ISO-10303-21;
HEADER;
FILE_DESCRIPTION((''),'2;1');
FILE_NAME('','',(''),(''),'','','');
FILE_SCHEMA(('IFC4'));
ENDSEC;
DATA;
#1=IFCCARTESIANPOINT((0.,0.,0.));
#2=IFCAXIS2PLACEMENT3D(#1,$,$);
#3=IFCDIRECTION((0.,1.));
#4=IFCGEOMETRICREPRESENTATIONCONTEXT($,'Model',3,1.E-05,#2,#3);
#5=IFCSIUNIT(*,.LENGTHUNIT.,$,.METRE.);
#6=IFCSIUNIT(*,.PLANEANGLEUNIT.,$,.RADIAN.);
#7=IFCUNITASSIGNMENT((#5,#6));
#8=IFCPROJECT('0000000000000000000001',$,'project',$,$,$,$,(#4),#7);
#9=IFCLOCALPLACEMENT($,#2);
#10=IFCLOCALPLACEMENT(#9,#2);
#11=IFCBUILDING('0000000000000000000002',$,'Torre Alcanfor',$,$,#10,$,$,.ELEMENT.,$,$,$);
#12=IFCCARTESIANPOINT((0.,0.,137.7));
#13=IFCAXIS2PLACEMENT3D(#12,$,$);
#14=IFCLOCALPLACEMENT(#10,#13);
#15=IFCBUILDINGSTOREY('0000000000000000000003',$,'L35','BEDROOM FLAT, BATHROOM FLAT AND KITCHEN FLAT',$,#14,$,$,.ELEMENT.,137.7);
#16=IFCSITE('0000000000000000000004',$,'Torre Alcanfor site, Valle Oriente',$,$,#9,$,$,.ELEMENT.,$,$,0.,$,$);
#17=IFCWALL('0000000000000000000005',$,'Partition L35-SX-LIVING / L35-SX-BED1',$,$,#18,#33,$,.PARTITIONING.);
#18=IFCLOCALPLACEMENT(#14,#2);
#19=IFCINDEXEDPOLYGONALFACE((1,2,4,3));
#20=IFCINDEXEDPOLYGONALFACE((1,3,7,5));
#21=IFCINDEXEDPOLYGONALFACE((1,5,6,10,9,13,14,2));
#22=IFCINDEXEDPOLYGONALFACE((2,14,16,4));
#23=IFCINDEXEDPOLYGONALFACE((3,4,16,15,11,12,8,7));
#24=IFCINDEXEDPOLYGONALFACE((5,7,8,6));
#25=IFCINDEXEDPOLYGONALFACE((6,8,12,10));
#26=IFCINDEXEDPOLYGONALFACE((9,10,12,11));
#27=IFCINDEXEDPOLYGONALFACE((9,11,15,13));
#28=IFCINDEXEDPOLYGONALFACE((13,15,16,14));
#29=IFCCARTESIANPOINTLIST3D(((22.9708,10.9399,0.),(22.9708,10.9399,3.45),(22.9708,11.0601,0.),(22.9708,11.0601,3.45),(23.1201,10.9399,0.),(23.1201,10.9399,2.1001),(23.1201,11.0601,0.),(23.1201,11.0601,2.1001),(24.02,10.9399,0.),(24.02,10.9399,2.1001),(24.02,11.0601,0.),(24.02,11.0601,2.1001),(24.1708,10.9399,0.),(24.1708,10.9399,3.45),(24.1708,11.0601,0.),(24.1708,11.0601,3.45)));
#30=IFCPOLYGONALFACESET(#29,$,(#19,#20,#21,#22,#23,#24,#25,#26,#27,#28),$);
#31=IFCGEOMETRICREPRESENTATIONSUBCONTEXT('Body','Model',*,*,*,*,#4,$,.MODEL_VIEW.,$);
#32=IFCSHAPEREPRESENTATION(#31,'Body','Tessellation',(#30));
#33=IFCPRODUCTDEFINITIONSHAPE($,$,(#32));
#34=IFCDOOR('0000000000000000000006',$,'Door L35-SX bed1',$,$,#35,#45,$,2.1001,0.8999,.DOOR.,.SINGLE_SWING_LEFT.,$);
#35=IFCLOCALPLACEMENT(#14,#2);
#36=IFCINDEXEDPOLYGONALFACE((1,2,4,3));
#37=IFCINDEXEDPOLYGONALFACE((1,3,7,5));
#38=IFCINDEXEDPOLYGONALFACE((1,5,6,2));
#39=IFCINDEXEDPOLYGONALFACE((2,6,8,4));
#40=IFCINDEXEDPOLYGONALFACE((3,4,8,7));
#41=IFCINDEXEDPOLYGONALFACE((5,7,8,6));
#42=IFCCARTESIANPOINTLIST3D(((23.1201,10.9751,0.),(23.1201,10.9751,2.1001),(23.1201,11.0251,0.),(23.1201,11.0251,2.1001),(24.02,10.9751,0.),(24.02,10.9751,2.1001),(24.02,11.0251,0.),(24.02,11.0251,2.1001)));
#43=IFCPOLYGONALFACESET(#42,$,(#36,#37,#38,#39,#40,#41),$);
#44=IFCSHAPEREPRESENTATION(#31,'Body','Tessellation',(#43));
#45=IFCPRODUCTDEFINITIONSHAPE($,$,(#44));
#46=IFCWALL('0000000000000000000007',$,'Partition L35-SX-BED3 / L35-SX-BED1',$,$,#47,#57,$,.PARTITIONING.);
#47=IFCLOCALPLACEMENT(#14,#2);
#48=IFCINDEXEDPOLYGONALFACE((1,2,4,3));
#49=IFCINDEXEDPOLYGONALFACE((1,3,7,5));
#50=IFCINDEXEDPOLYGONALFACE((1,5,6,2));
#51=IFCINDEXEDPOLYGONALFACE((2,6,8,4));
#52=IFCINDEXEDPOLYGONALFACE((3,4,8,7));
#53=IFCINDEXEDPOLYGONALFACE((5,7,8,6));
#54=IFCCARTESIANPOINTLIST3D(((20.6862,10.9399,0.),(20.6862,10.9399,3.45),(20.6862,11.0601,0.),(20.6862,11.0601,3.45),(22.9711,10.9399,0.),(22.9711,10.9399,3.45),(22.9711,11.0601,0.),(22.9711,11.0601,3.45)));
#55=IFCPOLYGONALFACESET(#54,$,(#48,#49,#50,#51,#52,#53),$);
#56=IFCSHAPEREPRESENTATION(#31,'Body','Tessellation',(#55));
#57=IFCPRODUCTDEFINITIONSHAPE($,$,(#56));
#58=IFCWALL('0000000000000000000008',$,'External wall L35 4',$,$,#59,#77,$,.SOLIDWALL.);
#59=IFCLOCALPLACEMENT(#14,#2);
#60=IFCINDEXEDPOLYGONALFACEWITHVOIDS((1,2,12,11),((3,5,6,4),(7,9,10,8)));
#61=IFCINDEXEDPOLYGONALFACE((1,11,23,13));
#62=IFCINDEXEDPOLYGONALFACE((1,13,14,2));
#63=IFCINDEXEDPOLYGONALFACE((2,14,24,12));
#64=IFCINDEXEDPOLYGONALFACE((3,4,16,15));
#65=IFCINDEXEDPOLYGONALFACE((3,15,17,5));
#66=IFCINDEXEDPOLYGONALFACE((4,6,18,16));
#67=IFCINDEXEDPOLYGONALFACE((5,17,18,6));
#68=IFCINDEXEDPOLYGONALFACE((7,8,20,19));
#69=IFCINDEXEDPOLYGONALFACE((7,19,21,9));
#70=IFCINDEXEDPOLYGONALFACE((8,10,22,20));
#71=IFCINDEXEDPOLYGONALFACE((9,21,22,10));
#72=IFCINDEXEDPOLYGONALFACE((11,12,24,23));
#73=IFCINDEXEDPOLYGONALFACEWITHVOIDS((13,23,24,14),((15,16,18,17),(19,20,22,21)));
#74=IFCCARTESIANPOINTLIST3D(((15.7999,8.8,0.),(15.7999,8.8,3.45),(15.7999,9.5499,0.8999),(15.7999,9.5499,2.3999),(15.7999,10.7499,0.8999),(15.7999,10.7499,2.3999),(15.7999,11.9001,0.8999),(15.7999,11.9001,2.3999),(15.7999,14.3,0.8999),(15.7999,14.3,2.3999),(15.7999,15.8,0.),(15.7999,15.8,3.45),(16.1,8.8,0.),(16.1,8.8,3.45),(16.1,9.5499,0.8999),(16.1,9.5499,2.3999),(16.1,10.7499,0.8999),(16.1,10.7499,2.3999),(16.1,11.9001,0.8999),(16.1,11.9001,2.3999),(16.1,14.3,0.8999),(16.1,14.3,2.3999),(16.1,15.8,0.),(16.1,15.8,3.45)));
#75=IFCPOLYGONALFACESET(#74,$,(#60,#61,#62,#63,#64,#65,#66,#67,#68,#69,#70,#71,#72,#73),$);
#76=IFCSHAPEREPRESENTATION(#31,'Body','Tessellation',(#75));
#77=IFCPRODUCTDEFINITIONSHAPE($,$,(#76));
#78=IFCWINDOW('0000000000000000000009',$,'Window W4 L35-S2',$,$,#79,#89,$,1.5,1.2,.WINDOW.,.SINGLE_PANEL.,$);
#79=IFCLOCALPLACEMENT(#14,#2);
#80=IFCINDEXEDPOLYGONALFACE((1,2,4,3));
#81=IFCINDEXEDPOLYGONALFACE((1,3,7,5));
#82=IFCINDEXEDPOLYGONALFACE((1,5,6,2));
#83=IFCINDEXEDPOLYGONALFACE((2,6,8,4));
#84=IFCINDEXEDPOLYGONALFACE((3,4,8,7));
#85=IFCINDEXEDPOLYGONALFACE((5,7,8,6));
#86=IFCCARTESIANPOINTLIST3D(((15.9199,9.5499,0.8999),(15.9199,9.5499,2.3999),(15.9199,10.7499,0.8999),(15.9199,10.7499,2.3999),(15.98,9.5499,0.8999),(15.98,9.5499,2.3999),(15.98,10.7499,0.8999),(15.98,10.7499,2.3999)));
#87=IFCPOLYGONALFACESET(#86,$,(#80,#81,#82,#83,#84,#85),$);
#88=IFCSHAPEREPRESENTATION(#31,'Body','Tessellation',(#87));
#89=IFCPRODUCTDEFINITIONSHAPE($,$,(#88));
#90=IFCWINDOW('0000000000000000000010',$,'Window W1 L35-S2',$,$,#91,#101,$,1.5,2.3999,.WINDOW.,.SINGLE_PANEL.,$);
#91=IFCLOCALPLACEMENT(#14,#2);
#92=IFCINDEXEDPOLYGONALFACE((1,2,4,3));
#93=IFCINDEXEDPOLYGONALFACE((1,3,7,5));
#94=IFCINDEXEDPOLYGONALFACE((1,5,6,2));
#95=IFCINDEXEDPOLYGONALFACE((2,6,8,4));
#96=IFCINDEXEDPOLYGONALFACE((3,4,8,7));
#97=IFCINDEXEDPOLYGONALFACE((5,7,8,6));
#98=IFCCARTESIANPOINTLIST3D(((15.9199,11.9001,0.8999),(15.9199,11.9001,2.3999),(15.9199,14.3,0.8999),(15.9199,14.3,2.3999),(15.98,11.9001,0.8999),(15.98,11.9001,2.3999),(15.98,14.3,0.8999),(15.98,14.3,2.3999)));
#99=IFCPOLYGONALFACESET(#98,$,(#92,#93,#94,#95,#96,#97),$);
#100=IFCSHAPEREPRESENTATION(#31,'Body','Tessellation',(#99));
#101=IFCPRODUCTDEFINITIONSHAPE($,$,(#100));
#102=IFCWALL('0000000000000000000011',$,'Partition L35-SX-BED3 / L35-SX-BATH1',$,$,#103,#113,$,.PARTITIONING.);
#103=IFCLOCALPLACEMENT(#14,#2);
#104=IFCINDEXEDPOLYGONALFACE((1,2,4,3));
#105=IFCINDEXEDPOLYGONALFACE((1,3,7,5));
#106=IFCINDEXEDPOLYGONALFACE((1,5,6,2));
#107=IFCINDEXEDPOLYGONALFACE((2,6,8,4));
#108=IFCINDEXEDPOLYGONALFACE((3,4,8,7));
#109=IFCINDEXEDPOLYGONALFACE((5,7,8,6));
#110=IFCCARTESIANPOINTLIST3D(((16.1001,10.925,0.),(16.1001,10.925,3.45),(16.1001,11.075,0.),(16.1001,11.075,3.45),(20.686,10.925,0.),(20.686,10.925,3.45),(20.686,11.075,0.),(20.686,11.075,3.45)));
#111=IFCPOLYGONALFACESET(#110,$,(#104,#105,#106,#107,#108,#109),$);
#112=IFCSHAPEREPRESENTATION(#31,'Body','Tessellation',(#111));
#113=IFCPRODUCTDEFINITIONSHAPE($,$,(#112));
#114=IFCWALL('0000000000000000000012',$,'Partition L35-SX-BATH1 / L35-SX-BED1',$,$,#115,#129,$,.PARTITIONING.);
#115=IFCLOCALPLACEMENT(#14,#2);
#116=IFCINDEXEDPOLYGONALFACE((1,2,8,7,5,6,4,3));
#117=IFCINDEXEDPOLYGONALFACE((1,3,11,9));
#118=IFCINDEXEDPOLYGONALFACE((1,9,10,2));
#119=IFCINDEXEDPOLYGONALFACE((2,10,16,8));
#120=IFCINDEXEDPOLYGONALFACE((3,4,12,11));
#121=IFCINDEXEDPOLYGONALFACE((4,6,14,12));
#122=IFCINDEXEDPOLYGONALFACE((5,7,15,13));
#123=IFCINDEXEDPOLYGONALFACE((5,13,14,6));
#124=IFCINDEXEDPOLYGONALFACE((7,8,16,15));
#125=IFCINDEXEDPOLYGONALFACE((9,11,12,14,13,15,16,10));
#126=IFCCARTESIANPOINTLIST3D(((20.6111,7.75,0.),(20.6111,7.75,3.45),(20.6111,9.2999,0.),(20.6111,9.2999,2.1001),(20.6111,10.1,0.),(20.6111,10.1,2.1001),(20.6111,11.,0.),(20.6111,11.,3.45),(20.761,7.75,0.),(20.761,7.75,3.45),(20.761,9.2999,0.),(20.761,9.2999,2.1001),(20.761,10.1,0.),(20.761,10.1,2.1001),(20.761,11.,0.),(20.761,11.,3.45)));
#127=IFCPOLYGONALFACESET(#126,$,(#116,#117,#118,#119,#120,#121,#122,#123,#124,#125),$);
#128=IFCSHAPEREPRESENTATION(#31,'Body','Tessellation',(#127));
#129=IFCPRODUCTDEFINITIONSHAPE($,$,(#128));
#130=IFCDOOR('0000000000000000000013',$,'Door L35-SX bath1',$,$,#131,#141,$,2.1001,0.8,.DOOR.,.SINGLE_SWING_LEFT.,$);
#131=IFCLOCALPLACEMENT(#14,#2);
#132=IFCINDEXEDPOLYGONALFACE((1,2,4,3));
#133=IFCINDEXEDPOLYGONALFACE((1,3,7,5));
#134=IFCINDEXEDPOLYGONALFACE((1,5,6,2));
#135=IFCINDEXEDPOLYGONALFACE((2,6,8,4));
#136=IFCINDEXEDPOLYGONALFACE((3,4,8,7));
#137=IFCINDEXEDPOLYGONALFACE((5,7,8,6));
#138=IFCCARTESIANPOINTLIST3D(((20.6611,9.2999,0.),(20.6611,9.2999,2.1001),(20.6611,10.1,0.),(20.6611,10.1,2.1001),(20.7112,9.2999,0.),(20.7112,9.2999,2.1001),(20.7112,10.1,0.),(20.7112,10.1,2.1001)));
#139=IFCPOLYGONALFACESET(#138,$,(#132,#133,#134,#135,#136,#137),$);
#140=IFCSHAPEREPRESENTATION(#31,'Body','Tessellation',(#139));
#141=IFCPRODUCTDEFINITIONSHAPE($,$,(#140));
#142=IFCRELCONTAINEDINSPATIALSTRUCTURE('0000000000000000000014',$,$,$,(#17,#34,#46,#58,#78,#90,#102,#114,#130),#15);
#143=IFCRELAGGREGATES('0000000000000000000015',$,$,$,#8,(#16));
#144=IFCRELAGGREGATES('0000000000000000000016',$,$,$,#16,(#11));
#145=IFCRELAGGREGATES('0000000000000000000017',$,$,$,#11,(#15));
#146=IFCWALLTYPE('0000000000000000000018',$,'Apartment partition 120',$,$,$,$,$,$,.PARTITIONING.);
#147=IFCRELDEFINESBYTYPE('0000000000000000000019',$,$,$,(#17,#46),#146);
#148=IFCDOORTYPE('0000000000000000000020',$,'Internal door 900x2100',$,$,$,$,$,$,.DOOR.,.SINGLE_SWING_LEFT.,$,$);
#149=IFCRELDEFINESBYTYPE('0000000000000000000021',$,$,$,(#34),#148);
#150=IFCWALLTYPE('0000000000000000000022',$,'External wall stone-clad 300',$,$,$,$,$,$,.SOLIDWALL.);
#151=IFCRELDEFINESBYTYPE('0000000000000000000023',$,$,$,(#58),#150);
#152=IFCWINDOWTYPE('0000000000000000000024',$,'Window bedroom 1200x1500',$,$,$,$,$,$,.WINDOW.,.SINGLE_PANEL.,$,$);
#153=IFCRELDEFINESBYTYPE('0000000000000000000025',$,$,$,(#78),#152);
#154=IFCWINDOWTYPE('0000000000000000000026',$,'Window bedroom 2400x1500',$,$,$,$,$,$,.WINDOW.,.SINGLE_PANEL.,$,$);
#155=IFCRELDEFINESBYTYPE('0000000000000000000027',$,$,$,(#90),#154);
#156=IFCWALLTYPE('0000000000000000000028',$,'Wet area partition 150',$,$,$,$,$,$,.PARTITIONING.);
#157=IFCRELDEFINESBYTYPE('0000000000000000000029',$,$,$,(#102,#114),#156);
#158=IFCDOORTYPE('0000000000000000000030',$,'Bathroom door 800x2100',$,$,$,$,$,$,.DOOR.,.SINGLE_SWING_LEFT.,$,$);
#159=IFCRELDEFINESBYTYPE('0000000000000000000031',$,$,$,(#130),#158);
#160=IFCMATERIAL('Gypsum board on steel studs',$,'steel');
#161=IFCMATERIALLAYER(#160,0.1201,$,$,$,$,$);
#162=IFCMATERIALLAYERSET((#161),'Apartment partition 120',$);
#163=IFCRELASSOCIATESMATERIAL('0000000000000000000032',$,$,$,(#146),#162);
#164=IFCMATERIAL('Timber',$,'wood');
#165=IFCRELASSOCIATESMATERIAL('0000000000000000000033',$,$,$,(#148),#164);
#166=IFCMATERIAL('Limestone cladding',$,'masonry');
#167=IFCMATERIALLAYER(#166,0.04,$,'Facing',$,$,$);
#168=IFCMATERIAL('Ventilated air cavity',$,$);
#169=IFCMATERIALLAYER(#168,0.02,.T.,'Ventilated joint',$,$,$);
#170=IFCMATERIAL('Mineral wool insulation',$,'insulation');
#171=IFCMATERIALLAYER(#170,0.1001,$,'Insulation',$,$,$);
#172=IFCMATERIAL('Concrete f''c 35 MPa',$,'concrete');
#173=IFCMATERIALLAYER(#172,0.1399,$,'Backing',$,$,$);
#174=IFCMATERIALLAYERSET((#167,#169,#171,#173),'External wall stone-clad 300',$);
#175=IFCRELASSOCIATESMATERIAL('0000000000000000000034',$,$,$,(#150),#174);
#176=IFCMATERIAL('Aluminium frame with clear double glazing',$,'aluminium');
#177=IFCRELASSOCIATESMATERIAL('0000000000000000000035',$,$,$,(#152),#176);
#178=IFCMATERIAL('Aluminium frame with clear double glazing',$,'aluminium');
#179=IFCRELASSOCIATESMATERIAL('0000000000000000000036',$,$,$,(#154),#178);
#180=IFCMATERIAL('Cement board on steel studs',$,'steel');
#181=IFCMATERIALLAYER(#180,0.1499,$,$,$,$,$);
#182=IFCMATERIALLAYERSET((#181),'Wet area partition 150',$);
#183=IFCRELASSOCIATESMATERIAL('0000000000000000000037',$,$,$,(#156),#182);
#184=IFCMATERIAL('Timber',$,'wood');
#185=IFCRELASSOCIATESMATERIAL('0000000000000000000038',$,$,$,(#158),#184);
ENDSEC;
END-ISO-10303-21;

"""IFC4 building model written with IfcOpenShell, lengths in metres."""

from ifc_helpers import new_model, si_unit, direction, frame, frame_2d, origin, place, context, subcontext, project, spatial, rectangle, extrude, material, layer, layer_set, type_object, element, fill, save


model = new_model("IFC4")

# Units and contexts
model_context = context("Model", 3, precision=1e-05, world=origin(), true_north=direction((0.0, 1.0)))
body_context = subcontext(model_context, "Body", "Model", "MODEL_VIEW")
ifc_project = project(units=[si_unit("LENGTHUNIT", "METRE"), si_unit("PLANEANGLEUNIT", "RADIAN")], contexts=[model_context])

# Site, building, storey
site_placement = place(None, origin())
site = spatial("IfcSite", under=ifc_project, at=site_placement, Name="Torre Alcanfor site, Valle Oriente", CompositionType="ELEMENT", RefElevation=0.0)
building_placement = place(site_placement, origin())
building = spatial("IfcBuilding", under=site, at=building_placement, Name="Torre Alcanfor", CompositionType="ELEMENT")
storey_placement = place(building_placement, frame((0.0, 0.0, 137.7)))
storey = spatial("IfcBuildingStorey", under=building, at=storey_placement, Name="L35", Description="BEDROOM FLAT, BATHROOM FLAT AND KITCHEN FLAT", CompositionType="ELEMENT", Elevation=137.7)

# Shared definitions
ifc_material_1 = material(Name="Gypsum board on steel studs", Category="steel")
ifc_layer_1 = layer(ifc_material_1, 0.1201)
ifc_layer_set_1 = layer_set([ifc_layer_1], Name="Apartment partition 120")
wall_type_1 = type_object("IfcWallType", Name="Apartment partition 120", PredefinedType="PARTITIONING", material=ifc_layer_set_1)

# Shared definitions
ifc_material_2 = material(Name="Timber", Category="wood")
door_type_1 = type_object("IfcDoorType", Name="Internal door 900x2100", OperationType="SINGLE_SWING_LEFT", PredefinedType="DOOR", material=ifc_material_2)

# Wall, opening, door
wall_1_placement = place(storey_placement, frame((24.1709, 11.0, 0.0), z_axis=(0.0, 0.0, 1.0), x_axis=(-1.0, 0.0, 0.0)))
wall_1 = element("IfcWall", 1, at=wall_1_placement, inside=storey, type_object=wall_type_1, Name="Partition L35-SX-LIVING / L35-SX-BED1", PredefinedType="PARTITIONING", context=body_context, shape_type="SweptSolid", body=[
    extrude(rectangle(XDim=1.2, YDim=0.1201, at=frame_2d((0.6001, 0.0))), origin(), (0.0, 0.0, 1.0), 3.45),
])
opening_1_placement = place(wall_1_placement, frame((0.1509, 0.0, 0.0)))
opening_1 = element("IfcOpeningElement", 2, at=opening_1_placement, cuts=wall_1, PredefinedType="OPENING", context=body_context, shape_type="SweptSolid", body=[
    extrude(rectangle(XDim=0.8999, YDim=2.1001, at=frame_2d((0.45, 1.05))), frame((0.0, 0.0701, 0.0), z_axis=(0.0, -1.0, 0.0), x_axis=(1.0, 0.0, 0.0)), (0.0, 0.0, 1.0), 0.1401),
])
door_1_placement = place(opening_1_placement, origin())
door_1 = element("IfcDoor", 3, at=door_1_placement, inside=storey, type_object=door_type_1, Name="Door L35-SX bed1", OperationType="SINGLE_SWING_LEFT", OverallHeight=2.1001, OverallWidth=0.8999, PredefinedType="DOOR", context=body_context, shape_type="SweptSolid", body=[
    extrude(rectangle(XDim=0.8999, YDim=2.1001, at=frame_2d((0.45, 1.05))), frame((0.0, 0.0249, 0.0), z_axis=(0.0, -1.0, 0.0), x_axis=(1.0, 0.0, 0.0)), (0.0, 0.0, 1.0), 0.05),
])
fill(opening_1, door_1)

# Wall
wall_2_placement = place(storey_placement, frame((20.686, 11.0, 0.0), z_axis=(0.0, 0.0, 1.0), x_axis=(1.0, 0.0, 0.0)))
element("IfcWall", 4, at=wall_2_placement, inside=storey, type_object=wall_type_1, Name="Partition L35-SX-BED3 / L35-SX-BED1", PredefinedType="PARTITIONING", context=body_context, shape_type="SweptSolid", body=[
    extrude(rectangle(XDim=2.2849, YDim=0.1201, at=frame_2d((1.1426, 0.0))), origin(), (0.0, 0.0, 1.0), 3.45),
])

# Wall, openings, windows
ifc_material_3 = material(Name="Limestone cladding", Category="masonry")
ifc_layer_2 = layer(ifc_material_3, 0.04, Name="Facing")
ifc_material_4 = material(Name="Ventilated air cavity")
ifc_layer_3 = layer(ifc_material_4, 0.02, ventilated=True, Name="Ventilated joint")
ifc_material_5 = material(Name="Mineral wool insulation", Category="insulation")
ifc_layer_4 = layer(ifc_material_5, 0.1001, Name="Insulation")
ifc_material_6 = material(Name="Concrete f'c 35 MPa", Category="concrete")
ifc_layer_5 = layer(ifc_material_6, 0.1399, Name="Backing")
ifc_layer_set_2 = layer_set([ifc_layer_2, ifc_layer_3, ifc_layer_4, ifc_layer_5], Name="External wall stone-clad 300")
wall_type_2 = type_object("IfcWallType", Name="External wall stone-clad 300", PredefinedType="SOLIDWALL", material=ifc_layer_set_2)
wall_3_placement = place(storey_placement, frame((15.95, 15.8, 0.0), z_axis=(0.0, 0.0, 1.0), x_axis=(0.0, -1.0, 0.0)))
wall_3 = element("IfcWall", 5, at=wall_3_placement, inside=storey, type_object=wall_type_2, Name="External wall L35 4", PredefinedType="SOLIDWALL", context=body_context, shape_type="SweptSolid", body=[
    extrude(rectangle(XDim=7.0, YDim=0.3, at=frame_2d((3.5, 0.0))), origin(), (0.0, 0.0, 1.0), 3.45),
])
opening_2_placement = place(wall_3_placement, frame((1.5, 0.0, 0.8999)))
opening_2 = element("IfcOpeningElement", 6, at=opening_2_placement, cuts=wall_3, PredefinedType="OPENING", context=body_context, shape_type="SweptSolid", body=[
    extrude(rectangle(XDim=2.3999, YDim=1.5, at=frame_2d((1.2, 0.75))), frame((0.0, 0.1599, 0.0), z_axis=(0.0, -1.0, 0.0), x_axis=(1.0, 0.0, 0.0)), (0.0, 0.0, 1.0), 0.3201),
])
opening_3_placement = place(wall_3_placement, frame((5.05, 0.0, 0.8999)))
opening_3 = element("IfcOpeningElement", 7, at=opening_3_placement, cuts=wall_3, PredefinedType="OPENING", context=body_context, shape_type="SweptSolid", body=[
    extrude(rectangle(XDim=1.2, YDim=1.5, at=frame_2d((0.6001, 0.75))), frame((0.0, 0.1599, 0.0), z_axis=(0.0, -1.0, 0.0), x_axis=(1.0, 0.0, 0.0)), (0.0, 0.0, 1.0), 0.3201),
])
ifc_material_7 = material(Name="Aluminium frame with clear double glazing", Category="aluminium")
window_type_1 = type_object("IfcWindowType", Name="Window bedroom 1200x1500", PartitioningType="SINGLE_PANEL", PredefinedType="WINDOW", material=ifc_material_7)
window_1_placement = place(opening_3_placement, origin())
window_1 = element("IfcWindow", 8, at=window_1_placement, inside=storey, type_object=window_type_1, Name="Window W4 L35-S2", OverallHeight=1.5, OverallWidth=1.2, PartitioningType="SINGLE_PANEL", PredefinedType="WINDOW", context=body_context, shape_type="SweptSolid", body=[
    extrude(rectangle(XDim=1.2, YDim=1.5, at=frame_2d((0.6001, 0.75))), frame((0.0, 0.03, 0.0), z_axis=(0.0, -1.0, 0.0), x_axis=(1.0, 0.0, 0.0)), (0.0, 0.0, 1.0), 0.0601),
])
fill(opening_3, window_1)
ifc_material_8 = material(Name="Aluminium frame with clear double glazing", Category="aluminium")
window_type_2 = type_object("IfcWindowType", Name="Window bedroom 2400x1500", PartitioningType="SINGLE_PANEL", PredefinedType="WINDOW", material=ifc_material_8)
window_2_placement = place(opening_2_placement, origin())
window_2 = element("IfcWindow", 9, at=window_2_placement, inside=storey, type_object=window_type_2, Name="Window W1 L35-S2", OverallHeight=1.5, OverallWidth=2.3999, PartitioningType="SINGLE_PANEL", PredefinedType="WINDOW", context=body_context, shape_type="SweptSolid", body=[
    extrude(rectangle(XDim=2.3999, YDim=1.5, at=frame_2d((1.2, 0.75))), frame((0.0, 0.03, 0.0), z_axis=(0.0, -1.0, 0.0), x_axis=(1.0, 0.0, 0.0)), (0.0, 0.0, 1.0), 0.0601),
])
fill(opening_2, window_2)

# Wall
ifc_material_9 = material(Name="Cement board on steel studs", Category="steel")
ifc_layer_6 = layer(ifc_material_9, 0.1499)
ifc_layer_set_3 = layer_set([ifc_layer_6], Name="Wet area partition 150")
wall_type_3 = type_object("IfcWallType", Name="Wet area partition 150", PredefinedType="PARTITIONING", material=ifc_layer_set_3)
wall_4_placement = place(storey_placement, frame((16.1001, 11.0, 0.0), z_axis=(0.0, 0.0, 1.0), x_axis=(1.0, 0.0, 0.0)))
element("IfcWall", 10, at=wall_4_placement, inside=storey, type_object=wall_type_3, Name="Partition L35-SX-BED3 / L35-SX-BATH1", PredefinedType="PARTITIONING", context=body_context, shape_type="SweptSolid", body=[
    extrude(rectangle(XDim=4.5859, YDim=0.1499, at=frame_2d((2.293, 0.0))), origin(), (0.0, 0.0, 1.0), 3.45),
])

# Wall, opening, door
wall_5_placement = place(storey_placement, frame((20.686, 7.75, 0.0), z_axis=(0.0, 0.0, 1.0), x_axis=(0.0, 1.0, 0.0)))
wall_5 = element("IfcWall", 11, at=wall_5_placement, inside=storey, type_object=wall_type_3, Name="Partition L35-SX-BATH1 / L35-SX-BED1", PredefinedType="PARTITIONING", context=body_context, shape_type="SweptSolid", body=[
    extrude(rectangle(XDim=3.25, YDim=0.1499, at=frame_2d((1.625, 0.0))), origin(), (0.0, 0.0, 1.0), 3.45),
])
opening_4_placement = place(wall_5_placement, frame((1.55, 0.0, 0.0)))
opening_4 = element("IfcOpeningElement", 12, at=opening_4_placement, cuts=wall_5, PredefinedType="OPENING", context=body_context, shape_type="SweptSolid", body=[
    extrude(rectangle(XDim=0.8, YDim=2.1001, at=frame_2d((0.3999, 1.05))), frame((0.0, 0.085, 0.0), z_axis=(0.0, -1.0, 0.0), x_axis=(1.0, 0.0, 0.0)), (0.0, 0.0, 1.0), 0.1699),
])
ifc_material_10 = material(Name="Timber", Category="wood")
door_type_2 = type_object("IfcDoorType", Name="Bathroom door 800x2100", OperationType="SINGLE_SWING_LEFT", PredefinedType="DOOR", material=ifc_material_10)
door_2_placement = place(opening_4_placement, frame((0.8, 0.0, 0.0), z_axis=(0.0, 0.0, 1.0), x_axis=(-1.0, 0.0, 0.0)))
door_2 = element("IfcDoor", 13, at=door_2_placement, inside=storey, type_object=door_type_2, Name="Door L35-SX bath1", OperationType="SINGLE_SWING_LEFT", OverallHeight=2.1001, OverallWidth=0.8, PredefinedType="DOOR", context=body_context, shape_type="SweptSolid", body=[
    extrude(rectangle(XDim=0.8, YDim=2.1001, at=frame_2d((0.4001, 1.05))), frame((0.0, 0.0251, 0.0), z_axis=(0.0, -1.0, 0.0), x_axis=(1.0, 0.0, 0.0)), (0.0, 0.0, 1.0), 0.05),
])
fill(opening_4, door_2)

save(model, "model.ifc")
